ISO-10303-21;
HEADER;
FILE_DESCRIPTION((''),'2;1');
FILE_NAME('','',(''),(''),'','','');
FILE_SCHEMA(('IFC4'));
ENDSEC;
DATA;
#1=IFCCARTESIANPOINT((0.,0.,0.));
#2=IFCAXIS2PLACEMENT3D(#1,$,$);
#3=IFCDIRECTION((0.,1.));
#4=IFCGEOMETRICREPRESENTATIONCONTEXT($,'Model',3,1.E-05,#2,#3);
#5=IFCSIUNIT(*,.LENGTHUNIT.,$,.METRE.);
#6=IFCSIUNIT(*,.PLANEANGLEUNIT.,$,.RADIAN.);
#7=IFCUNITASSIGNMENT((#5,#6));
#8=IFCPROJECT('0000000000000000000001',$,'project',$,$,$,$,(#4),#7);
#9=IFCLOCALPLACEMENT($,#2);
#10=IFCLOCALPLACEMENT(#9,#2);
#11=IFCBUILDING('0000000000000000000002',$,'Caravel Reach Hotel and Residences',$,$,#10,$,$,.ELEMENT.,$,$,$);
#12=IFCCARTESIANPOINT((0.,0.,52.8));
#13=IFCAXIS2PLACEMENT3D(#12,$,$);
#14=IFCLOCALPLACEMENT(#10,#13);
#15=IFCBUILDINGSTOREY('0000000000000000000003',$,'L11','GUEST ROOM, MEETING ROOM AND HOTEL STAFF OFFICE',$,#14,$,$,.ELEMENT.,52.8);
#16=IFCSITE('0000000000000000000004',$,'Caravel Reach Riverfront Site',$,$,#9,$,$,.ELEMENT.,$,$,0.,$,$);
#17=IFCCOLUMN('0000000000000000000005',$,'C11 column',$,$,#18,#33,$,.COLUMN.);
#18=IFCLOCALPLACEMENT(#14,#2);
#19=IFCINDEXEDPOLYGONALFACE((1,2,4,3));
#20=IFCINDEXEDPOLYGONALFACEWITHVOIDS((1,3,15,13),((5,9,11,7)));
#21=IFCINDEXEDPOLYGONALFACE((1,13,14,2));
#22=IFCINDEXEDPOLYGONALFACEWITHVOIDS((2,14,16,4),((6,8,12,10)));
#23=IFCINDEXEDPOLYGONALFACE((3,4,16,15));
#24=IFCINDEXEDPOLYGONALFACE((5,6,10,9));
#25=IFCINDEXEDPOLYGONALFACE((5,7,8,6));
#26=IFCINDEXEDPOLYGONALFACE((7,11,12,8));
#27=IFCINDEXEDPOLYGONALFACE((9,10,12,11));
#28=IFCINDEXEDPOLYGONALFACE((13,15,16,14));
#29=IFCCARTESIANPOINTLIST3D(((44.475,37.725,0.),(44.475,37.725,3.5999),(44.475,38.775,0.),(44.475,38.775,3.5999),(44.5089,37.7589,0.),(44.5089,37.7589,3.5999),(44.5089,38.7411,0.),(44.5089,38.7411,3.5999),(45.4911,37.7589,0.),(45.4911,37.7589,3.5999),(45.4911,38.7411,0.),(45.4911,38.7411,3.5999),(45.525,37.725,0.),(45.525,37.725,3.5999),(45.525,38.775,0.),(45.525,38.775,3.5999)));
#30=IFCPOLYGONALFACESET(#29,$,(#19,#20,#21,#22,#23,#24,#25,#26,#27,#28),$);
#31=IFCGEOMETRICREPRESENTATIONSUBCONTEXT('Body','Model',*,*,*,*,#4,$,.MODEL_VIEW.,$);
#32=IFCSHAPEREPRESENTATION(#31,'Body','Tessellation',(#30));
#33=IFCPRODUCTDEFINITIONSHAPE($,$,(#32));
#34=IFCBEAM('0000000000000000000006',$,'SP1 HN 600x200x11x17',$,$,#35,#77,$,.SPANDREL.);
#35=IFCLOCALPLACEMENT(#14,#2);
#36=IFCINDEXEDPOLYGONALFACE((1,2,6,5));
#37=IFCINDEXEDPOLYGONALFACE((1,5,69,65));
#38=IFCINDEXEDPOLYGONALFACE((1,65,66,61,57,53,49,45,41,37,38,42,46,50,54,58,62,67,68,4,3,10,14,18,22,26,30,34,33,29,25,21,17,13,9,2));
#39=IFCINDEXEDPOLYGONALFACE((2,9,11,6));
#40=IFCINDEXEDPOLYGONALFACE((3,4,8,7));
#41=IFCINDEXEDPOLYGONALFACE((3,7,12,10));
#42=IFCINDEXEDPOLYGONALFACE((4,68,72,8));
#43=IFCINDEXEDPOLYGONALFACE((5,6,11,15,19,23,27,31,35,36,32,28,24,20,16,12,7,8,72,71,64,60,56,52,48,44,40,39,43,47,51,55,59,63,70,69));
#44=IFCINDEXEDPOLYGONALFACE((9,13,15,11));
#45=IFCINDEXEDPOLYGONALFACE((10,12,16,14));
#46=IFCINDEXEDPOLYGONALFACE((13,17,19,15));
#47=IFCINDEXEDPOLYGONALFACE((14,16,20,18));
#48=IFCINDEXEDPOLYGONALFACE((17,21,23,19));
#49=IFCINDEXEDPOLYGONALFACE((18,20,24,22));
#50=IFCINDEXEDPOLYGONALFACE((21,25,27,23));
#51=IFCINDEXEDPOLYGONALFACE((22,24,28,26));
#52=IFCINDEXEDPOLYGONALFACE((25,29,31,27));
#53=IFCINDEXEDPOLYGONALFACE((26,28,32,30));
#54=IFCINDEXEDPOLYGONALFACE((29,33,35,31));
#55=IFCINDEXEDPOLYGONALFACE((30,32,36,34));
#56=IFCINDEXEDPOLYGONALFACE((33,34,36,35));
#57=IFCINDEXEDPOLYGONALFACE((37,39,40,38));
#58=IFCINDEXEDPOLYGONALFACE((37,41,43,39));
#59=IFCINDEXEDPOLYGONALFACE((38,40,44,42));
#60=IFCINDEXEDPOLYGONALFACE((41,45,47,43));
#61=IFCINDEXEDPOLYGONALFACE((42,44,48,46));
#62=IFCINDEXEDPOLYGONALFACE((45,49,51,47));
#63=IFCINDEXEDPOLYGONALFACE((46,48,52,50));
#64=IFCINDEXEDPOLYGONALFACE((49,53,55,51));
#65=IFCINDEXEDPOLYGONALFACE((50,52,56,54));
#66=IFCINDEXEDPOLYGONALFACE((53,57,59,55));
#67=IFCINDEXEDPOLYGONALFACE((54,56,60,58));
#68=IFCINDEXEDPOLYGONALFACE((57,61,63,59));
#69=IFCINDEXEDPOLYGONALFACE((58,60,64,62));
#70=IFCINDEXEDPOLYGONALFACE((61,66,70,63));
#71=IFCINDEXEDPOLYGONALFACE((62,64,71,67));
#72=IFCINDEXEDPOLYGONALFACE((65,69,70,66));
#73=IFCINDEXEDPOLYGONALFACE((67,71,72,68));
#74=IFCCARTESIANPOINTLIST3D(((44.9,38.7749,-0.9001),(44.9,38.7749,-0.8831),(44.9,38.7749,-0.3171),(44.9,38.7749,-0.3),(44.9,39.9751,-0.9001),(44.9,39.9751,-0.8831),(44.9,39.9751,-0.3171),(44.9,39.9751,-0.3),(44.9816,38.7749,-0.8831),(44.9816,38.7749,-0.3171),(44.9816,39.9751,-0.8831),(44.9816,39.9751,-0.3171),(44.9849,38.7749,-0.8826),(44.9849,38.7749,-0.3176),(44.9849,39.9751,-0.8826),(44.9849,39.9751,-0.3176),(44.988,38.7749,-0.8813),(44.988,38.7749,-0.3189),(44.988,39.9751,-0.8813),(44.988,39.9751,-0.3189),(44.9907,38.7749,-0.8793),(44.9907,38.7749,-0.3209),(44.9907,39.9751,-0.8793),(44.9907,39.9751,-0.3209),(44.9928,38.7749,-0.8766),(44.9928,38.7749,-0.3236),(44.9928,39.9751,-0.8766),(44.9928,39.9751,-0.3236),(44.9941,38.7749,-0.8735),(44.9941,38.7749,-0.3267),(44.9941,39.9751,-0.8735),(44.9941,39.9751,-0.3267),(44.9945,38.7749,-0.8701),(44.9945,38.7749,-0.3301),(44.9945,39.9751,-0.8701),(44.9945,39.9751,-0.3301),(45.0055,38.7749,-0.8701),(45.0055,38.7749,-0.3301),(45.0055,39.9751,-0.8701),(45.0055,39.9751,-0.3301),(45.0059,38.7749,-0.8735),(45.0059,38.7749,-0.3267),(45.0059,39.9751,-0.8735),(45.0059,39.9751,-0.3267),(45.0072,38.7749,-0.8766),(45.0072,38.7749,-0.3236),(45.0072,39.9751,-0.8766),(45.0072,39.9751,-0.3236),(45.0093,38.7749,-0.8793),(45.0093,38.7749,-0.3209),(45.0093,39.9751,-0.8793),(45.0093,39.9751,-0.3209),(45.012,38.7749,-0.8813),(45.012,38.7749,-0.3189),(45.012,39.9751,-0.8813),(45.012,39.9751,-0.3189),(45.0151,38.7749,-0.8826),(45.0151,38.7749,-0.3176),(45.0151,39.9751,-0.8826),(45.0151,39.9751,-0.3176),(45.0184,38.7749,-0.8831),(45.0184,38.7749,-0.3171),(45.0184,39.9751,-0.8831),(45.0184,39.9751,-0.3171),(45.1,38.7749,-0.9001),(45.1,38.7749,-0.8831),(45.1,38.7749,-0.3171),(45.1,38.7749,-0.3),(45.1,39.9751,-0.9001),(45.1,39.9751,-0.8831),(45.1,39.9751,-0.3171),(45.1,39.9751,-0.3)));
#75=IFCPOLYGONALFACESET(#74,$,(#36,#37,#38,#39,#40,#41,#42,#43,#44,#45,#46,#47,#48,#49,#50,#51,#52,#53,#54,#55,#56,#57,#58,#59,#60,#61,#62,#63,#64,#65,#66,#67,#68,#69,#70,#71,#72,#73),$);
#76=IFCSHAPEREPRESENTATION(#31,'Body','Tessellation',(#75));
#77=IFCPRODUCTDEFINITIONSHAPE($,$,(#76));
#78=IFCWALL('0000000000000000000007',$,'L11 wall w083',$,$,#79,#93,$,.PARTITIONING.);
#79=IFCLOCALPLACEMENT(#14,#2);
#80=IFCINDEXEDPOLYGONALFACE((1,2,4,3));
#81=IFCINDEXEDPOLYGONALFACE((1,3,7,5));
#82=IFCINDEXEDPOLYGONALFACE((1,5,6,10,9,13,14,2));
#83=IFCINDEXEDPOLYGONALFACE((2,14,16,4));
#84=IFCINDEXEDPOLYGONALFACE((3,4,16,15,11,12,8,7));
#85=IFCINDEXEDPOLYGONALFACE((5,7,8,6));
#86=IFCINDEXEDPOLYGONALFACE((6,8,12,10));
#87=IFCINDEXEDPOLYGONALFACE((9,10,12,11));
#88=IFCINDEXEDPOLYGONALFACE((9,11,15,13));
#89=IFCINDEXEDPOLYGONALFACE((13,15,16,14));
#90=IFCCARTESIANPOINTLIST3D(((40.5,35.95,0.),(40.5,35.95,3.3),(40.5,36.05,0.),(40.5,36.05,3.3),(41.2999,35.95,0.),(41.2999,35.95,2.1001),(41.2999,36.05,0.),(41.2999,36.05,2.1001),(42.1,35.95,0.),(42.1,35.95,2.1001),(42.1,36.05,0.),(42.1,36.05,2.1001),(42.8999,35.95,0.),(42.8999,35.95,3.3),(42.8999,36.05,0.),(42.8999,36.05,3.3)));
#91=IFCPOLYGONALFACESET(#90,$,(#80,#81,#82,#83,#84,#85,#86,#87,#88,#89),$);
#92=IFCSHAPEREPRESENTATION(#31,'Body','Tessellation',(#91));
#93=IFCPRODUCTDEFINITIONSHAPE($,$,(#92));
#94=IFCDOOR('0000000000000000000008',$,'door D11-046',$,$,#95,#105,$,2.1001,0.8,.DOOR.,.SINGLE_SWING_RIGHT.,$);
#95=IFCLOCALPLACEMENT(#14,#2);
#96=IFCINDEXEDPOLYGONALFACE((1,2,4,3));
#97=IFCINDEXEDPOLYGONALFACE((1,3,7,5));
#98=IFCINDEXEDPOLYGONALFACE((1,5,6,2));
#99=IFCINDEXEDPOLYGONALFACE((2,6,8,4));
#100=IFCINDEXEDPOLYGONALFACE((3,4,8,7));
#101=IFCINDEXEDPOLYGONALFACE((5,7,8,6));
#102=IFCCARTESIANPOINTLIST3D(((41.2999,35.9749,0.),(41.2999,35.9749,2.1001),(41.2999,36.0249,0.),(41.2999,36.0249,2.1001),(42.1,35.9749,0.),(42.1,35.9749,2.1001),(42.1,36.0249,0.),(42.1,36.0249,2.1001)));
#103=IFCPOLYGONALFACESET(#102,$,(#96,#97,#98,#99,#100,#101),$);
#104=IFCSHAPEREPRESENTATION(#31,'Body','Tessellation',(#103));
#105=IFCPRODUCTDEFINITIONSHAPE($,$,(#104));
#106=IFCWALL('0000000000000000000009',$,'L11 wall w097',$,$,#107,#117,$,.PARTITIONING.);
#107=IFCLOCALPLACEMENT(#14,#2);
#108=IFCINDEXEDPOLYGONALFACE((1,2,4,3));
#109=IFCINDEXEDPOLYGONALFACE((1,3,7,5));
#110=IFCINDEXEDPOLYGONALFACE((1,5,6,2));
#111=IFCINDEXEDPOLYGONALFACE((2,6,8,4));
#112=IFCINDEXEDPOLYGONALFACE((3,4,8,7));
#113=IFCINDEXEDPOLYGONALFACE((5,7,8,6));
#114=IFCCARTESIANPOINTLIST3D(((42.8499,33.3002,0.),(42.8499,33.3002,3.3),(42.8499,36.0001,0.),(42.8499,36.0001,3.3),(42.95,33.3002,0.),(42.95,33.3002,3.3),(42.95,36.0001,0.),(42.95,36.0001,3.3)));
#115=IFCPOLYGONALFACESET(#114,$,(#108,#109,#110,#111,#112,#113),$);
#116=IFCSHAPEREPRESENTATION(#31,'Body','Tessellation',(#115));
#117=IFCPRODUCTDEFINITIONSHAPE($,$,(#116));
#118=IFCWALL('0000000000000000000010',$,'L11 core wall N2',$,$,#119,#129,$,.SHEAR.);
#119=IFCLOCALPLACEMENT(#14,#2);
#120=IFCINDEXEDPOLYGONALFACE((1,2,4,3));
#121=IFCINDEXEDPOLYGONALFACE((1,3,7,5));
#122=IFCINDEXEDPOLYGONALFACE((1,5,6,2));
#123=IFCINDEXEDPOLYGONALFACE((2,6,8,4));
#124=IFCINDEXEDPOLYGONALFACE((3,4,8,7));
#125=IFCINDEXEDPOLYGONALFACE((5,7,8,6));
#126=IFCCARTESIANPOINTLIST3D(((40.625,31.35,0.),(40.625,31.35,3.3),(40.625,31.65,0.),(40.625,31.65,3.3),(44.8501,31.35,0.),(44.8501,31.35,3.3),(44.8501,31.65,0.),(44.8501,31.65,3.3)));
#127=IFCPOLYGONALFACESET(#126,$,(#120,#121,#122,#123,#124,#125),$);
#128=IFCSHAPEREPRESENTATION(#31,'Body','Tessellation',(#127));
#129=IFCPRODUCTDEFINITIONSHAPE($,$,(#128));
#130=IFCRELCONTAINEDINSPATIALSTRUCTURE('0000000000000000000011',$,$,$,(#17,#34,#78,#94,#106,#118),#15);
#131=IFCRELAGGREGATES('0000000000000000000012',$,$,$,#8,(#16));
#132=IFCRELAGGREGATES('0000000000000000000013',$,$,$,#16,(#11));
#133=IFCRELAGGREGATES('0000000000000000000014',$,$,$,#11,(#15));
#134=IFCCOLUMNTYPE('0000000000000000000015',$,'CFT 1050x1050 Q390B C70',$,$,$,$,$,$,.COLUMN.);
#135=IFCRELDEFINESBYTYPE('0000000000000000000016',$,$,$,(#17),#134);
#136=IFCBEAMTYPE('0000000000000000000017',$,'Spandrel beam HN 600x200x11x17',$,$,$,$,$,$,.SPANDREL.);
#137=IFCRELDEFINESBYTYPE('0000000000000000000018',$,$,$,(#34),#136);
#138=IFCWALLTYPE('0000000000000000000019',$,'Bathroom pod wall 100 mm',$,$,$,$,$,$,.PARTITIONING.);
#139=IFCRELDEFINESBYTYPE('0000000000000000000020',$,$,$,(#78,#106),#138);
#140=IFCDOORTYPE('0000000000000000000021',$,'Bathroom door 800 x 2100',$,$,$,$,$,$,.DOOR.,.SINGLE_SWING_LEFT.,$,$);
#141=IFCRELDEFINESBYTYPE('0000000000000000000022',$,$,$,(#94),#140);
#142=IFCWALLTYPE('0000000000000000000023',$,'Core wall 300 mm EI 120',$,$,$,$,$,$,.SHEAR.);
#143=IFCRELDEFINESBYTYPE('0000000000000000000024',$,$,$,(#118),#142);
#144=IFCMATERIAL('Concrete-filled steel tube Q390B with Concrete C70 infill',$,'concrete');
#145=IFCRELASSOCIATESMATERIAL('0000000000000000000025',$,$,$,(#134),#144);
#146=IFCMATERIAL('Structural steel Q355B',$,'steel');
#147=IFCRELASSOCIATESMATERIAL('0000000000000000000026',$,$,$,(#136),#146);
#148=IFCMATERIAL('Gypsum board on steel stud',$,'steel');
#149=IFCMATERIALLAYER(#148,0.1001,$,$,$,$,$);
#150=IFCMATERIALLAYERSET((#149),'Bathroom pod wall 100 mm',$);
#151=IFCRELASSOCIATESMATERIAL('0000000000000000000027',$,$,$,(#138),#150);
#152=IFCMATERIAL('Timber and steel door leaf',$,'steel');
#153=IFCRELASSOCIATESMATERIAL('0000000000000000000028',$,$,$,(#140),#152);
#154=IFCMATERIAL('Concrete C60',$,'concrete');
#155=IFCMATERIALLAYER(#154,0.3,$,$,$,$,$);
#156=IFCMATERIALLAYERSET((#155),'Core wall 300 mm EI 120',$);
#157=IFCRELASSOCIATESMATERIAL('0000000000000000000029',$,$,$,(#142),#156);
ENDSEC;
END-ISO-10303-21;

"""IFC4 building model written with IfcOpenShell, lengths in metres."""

from ifc_helpers import new_model, si_unit, direction, frame, frame_2d, origin, origin_2d, place, context, subcontext, project, spatial, rectangle, hollow_rectangle, i_section, extrude, material, layer, layer_set, material_profile, profile_set, type_object, element, fill, save


model = new_model("IFC4")

# Units and contexts
model_context = context("Model", 3, precision=1e-05, world=origin(), true_north=direction((0.0, 1.0)))
body_context = subcontext(model_context, "Body", "Model", "MODEL_VIEW")
ifc_project = project(units=[si_unit("LENGTHUNIT", "METRE"), si_unit("PLANEANGLEUNIT", "RADIAN")], contexts=[model_context])

# Site, building, storey
site_placement = place(None, origin())
site = spatial("IfcSite", under=ifc_project, at=site_placement, Name="Caravel Reach Riverfront Site", CompositionType="ELEMENT", RefElevation=0.0)
building_placement = place(site_placement, origin())
building = spatial("IfcBuilding", under=site, at=building_placement, Name="Caravel Reach Hotel and Residences", CompositionType="ELEMENT")
storey_placement = place(building_placement, frame((0.0, 0.0, 52.8)))
storey = spatial("IfcBuildingStorey", under=building, at=storey_placement, Name="L11", Description="GUEST ROOM, MEETING ROOM AND HOTEL STAFF OFFICE", CompositionType="ELEMENT", Elevation=52.8)

# Column
ifc_material_1 = material(Name="Concrete-filled steel tube Q390B with Concrete C70 infill", Category="concrete")
ifc_material_profile_1 = material_profile(ifc_material_1, hollow_rectangle(XDim=1.05, YDim=1.05, WallThickness=0.0339, at=origin_2d()), Name="RHS 1050x1050x34")
ifc_profile_set_1 = profile_set([ifc_material_profile_1], Name="Concrete-filled steel tube Q390B with Concrete C70 infill")
column_type = type_object("IfcColumnType", Name="CFT 1050x1050 Q390B C70", PredefinedType="COLUMN", material=ifc_profile_set_1)
column_placement = place(storey_placement, frame((45.0, 38.25, 0.0), z_axis=(0.0, 0.0, 1.0), x_axis=(1.0, 0.0, 0.0)))
element("IfcColumn", 1, at=column_placement, inside=storey, type_object=column_type, Name="C11 column", PredefinedType="COLUMN", context=body_context, shape_type="SweptSolid", body=[
    extrude(hollow_rectangle(XDim=1.05, YDim=1.05, WallThickness=0.0339, at=origin_2d()), origin(), (0.0, 0.0, 1.0), 3.5999),
])

# Beam
ifc_material_2 = material(Name="Structural steel Q355B", Category="steel")
ifc_material_profile_2 = material_profile(ifc_material_2, i_section(OverallWidth=0.2, OverallDepth=0.6001, WebThickness=0.011, FlangeThickness=0.0171, FilletRadius=0.0129, at=origin_2d()), Name="HN 600x200x11x17")
ifc_profile_set_2 = profile_set([ifc_material_profile_2], Name="Structural steel Q355B")
beam_type = type_object("IfcBeamType", Name="Spandrel beam HN 600x200x11x17", PredefinedType="SPANDREL", material=ifc_profile_set_2)
beam_placement = place(storey_placement, frame((45.0, 38.7749, -0.6001), z_axis=(0.0, 1.0, 0.0), x_axis=(-1.0, 0.0, 0.0)))
element("IfcBeam", 2, at=beam_placement, inside=storey, type_object=beam_type, Name="SP1 HN 600x200x11x17", PredefinedType="SPANDREL", context=body_context, shape_type="SweptSolid", body=[
    extrude(i_section(OverallWidth=0.2, OverallDepth=0.6001, WebThickness=0.011, FlangeThickness=0.0171, FilletRadius=0.0129, at=origin_2d()), origin(), (0.0, 0.0, 1.0), 1.2002),
])

# Wall, opening, door
ifc_material_3 = material(Name="Gypsum board on steel stud", Category="steel")
ifc_layer_1 = layer(ifc_material_3, 0.1001)
ifc_layer_set_1 = layer_set([ifc_layer_1], Name="Bathroom pod wall 100 mm")
wall_type_1 = type_object("IfcWallType", Name="Bathroom pod wall 100 mm", PredefinedType="PARTITIONING", material=ifc_layer_set_1)
wall_1_placement = place(storey_placement, frame((40.5, 36.0, 0.0), z_axis=(0.0, 0.0, 1.0), x_axis=(1.0, 0.0, 0.0)))
wall_1 = element("IfcWall", 3, at=wall_1_placement, inside=storey, type_object=wall_type_1, Name="L11 wall w083", PredefinedType="PARTITIONING", context=body_context, shape_type="SweptSolid", body=[
    extrude(rectangle(XDim=2.3999, YDim=0.1001, at=frame_2d((1.2, 0.0))), origin(), (0.0, 0.0, 1.0), 3.3),
])
opening_1_placement = place(wall_1_placement, frame((0.8, 0.0, 0.0)))
opening_1 = element("IfcOpeningElement", 4, at=opening_1_placement, cuts=wall_1, PredefinedType="OPENING", context=body_context, shape_type="SweptSolid", body=[
    extrude(rectangle(XDim=0.8, YDim=2.1001, at=frame_2d((0.3999, 1.05))), frame((0.0, 0.0601, 0.0), z_axis=(0.0, -1.0, 0.0), x_axis=(1.0, 0.0, 0.0)), (0.0, 0.0, 1.0), 0.1201),
])
ifc_material_4 = material(Name="Timber and steel door leaf", Category="steel")
door_type_1 = type_object("IfcDoorType", Name="Bathroom door 800 x 2100", OperationType="SINGLE_SWING_LEFT", PredefinedType="DOOR", material=ifc_material_4)
door_1_placement = place(opening_1_placement, origin())
door_1 = element("IfcDoor", 5, at=door_1_placement, inside=storey, type_object=door_type_1, Name="door D11-046", OperationType="SINGLE_SWING_RIGHT", OverallHeight=2.1001, OverallWidth=0.8, PredefinedType="DOOR", context=body_context, shape_type="SweptSolid", body=[
    extrude(rectangle(XDim=0.8, YDim=2.1001, at=frame_2d((0.3999, 1.05))), frame((0.0, 0.0249, 0.0), z_axis=(0.0, -1.0, 0.0), x_axis=(1.0, 0.0, 0.0)), (0.0, 0.0, 1.0), 0.05),
])
fill(opening_1, door_1)

# Walls
wall_2_placement = place(storey_placement, frame((42.8999, 33.3, 0.0), z_axis=(0.0, 0.0, 1.0), x_axis=(0.0, 1.0, 0.0)))
element("IfcWall", 6, at=wall_2_placement, inside=storey, type_object=wall_type_1, Name="L11 wall w097", PredefinedType="PARTITIONING", context=body_context, shape_type="SweptSolid", body=[
    extrude(rectangle(XDim=2.7, YDim=0.1001, at=frame_2d((1.3501, 0.0))), origin(), (0.0, 0.0, 1.0), 3.3),
])
ifc_material_5 = material(Name="Concrete C60", Category="concrete")
ifc_layer_2 = layer(ifc_material_5, 0.3)
ifc_layer_set_2 = layer_set([ifc_layer_2], Name="Core wall 300 mm EI 120")
wall_type_2 = type_object("IfcWallType", Name="Core wall 300 mm EI 120", PredefinedType="SHEAR", material=ifc_layer_set_2)
wall_3_placement = place(storey_placement, frame((40.625, 31.5, 0.0), z_axis=(0.0, 0.0, 1.0), x_axis=(1.0, 0.0, 0.0)))
element("IfcWall", 7, at=wall_3_placement, inside=storey, type_object=wall_type_2, Name="L11 core wall N2", PredefinedType="SHEAR", context=body_context, shape_type="SweptSolid", body=[
    extrude(rectangle(XDim=4.2251, YDim=0.3, at=frame_2d((2.1125, 0.0))), origin(), (0.0, 0.0, 1.0), 3.3),
])

save(model, "model.ifc")
